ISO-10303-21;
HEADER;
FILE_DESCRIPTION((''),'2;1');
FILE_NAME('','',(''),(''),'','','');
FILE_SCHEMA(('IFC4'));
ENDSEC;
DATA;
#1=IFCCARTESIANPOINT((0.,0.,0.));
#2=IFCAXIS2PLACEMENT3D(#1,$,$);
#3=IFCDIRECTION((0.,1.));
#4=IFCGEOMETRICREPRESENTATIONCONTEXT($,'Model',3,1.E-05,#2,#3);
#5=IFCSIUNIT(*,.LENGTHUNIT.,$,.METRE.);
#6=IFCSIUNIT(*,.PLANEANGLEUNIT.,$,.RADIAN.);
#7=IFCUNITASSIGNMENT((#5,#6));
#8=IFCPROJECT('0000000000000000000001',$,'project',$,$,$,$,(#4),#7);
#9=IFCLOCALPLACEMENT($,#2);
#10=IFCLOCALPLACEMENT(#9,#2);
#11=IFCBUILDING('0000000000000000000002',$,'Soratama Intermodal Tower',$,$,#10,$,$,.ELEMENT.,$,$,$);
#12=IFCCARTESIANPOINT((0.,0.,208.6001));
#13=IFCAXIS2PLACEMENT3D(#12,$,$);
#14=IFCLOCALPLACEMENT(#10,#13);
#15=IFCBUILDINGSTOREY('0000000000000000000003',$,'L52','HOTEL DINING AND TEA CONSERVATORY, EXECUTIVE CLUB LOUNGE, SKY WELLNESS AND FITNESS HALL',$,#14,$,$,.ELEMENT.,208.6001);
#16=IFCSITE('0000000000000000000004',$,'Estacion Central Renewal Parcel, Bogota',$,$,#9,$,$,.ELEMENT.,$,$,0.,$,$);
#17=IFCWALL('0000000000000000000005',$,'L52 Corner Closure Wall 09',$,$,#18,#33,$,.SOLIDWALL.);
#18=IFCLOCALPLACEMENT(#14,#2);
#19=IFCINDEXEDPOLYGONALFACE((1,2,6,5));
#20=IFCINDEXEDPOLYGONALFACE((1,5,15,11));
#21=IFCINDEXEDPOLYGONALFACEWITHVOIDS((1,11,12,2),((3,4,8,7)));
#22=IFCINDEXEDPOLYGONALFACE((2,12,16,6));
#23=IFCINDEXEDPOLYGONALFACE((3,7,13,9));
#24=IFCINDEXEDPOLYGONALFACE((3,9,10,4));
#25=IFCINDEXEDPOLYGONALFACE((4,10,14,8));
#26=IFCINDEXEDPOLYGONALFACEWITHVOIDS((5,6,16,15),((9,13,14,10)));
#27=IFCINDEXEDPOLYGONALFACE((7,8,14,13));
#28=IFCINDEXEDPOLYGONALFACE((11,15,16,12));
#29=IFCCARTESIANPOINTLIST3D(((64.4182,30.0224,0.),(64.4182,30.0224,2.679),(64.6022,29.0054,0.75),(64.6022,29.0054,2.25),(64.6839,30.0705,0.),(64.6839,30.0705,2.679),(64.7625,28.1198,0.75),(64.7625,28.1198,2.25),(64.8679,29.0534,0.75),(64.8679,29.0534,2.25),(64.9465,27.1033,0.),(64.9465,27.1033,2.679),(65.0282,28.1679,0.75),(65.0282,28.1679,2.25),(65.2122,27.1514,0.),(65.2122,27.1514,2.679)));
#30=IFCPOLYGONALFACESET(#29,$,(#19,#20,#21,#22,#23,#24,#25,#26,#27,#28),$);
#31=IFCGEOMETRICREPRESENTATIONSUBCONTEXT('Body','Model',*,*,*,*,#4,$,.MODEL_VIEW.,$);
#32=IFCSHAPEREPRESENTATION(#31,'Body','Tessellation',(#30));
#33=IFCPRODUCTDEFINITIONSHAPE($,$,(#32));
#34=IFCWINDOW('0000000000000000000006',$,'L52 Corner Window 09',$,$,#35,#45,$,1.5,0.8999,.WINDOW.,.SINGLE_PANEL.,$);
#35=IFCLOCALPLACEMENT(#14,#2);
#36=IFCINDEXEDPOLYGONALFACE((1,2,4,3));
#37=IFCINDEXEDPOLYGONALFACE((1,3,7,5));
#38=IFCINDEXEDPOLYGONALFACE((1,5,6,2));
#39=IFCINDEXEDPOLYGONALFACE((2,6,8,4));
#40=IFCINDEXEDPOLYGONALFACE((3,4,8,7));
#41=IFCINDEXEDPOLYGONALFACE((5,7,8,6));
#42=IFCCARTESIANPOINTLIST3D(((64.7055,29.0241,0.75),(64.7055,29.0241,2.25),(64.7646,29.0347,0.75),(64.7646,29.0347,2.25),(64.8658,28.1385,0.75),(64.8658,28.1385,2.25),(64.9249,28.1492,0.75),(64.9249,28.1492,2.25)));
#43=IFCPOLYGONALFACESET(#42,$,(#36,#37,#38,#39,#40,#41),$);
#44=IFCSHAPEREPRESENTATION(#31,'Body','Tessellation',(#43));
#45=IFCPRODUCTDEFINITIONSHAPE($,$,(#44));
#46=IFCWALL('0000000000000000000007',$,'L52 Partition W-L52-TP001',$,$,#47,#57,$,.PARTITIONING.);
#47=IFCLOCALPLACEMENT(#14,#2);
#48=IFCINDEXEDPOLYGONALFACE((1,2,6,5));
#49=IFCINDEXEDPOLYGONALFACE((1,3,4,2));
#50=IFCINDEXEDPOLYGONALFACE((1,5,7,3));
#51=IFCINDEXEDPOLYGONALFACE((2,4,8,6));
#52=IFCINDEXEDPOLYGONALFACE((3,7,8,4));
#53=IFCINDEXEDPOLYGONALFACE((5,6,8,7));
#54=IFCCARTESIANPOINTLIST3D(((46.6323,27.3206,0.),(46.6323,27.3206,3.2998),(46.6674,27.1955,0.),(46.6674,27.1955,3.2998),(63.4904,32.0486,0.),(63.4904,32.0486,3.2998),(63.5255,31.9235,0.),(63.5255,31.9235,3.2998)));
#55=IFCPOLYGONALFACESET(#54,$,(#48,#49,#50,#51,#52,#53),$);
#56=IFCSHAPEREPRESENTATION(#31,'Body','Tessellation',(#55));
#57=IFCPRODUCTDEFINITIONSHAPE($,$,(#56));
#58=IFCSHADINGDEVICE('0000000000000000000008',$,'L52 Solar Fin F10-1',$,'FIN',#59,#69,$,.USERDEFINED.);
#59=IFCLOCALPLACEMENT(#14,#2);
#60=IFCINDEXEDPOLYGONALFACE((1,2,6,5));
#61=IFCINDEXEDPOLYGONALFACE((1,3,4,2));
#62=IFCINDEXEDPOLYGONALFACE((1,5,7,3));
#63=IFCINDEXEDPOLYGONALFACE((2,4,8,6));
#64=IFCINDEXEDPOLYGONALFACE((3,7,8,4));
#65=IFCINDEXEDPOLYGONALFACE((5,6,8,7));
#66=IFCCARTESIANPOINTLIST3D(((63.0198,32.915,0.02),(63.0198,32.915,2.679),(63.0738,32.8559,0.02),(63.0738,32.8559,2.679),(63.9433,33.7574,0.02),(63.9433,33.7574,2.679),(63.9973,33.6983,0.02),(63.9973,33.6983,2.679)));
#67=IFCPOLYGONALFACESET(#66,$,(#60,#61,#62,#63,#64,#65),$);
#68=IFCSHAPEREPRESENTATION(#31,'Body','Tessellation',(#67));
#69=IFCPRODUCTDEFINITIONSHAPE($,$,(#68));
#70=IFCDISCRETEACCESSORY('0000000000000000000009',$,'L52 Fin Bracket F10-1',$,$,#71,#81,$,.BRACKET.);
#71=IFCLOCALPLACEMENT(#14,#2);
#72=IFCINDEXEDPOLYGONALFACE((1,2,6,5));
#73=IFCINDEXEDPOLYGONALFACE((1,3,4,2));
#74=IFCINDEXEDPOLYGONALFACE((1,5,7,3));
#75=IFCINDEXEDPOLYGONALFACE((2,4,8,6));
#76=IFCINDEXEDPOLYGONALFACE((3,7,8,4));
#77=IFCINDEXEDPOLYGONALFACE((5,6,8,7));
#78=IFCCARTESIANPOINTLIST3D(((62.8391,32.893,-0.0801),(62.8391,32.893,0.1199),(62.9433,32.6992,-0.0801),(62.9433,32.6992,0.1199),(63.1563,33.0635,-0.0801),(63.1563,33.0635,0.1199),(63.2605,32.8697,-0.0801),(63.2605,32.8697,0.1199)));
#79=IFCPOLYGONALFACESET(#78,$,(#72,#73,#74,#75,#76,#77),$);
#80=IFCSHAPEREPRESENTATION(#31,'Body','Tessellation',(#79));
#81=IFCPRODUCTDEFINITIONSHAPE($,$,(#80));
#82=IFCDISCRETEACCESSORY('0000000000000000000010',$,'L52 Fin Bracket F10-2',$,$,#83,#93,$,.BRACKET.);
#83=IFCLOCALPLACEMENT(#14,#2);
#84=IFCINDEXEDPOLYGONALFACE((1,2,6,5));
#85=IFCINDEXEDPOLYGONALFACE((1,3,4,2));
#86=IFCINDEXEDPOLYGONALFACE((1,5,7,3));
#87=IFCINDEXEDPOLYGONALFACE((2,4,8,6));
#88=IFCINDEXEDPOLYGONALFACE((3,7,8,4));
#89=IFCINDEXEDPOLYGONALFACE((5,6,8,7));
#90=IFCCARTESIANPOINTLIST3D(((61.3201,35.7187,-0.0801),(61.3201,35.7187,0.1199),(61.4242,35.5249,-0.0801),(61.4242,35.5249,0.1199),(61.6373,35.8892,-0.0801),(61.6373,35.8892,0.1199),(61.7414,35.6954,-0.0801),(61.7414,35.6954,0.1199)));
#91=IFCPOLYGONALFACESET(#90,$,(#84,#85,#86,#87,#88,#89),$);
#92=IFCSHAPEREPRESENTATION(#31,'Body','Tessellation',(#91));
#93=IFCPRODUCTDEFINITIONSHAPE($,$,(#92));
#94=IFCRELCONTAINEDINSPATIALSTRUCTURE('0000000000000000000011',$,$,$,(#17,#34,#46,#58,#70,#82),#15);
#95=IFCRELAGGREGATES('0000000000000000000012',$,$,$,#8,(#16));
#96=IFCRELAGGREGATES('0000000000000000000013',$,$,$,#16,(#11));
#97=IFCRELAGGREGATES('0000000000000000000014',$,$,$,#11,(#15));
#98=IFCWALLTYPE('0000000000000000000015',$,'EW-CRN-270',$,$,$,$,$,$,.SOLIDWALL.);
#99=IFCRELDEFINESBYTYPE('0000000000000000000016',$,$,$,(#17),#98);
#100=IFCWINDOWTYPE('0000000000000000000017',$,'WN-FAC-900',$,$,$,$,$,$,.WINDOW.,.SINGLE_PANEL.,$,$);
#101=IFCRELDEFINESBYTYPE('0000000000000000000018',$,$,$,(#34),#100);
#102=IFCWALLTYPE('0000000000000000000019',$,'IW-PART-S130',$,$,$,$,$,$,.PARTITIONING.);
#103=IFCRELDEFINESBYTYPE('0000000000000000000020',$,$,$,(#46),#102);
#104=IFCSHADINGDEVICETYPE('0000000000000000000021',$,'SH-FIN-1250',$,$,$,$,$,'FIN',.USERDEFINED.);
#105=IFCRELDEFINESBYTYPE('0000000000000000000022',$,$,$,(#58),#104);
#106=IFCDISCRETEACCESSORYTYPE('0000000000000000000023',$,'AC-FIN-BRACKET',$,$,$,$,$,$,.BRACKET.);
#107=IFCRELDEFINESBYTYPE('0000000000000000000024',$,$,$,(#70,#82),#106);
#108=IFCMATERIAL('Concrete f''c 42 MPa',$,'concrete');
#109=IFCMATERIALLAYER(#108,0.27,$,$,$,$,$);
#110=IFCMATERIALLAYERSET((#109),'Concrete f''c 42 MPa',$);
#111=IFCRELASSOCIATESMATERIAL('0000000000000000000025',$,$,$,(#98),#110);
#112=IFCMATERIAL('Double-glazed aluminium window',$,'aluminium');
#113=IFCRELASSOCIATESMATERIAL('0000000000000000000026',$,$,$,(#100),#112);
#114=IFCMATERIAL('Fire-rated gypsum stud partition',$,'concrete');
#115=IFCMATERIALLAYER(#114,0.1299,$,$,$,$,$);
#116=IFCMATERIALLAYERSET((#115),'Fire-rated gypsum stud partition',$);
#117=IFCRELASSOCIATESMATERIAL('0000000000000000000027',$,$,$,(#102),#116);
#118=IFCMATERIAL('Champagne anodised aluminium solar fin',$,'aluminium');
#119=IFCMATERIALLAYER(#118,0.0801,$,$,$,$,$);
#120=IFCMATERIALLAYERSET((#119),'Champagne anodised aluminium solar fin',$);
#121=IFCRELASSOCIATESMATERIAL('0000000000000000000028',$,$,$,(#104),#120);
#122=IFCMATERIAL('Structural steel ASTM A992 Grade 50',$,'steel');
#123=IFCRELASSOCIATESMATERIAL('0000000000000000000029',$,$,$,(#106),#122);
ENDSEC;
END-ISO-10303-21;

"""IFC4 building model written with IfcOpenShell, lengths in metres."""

from ifc_helpers import new_model, si_unit, direction, frame, frame_2d, origin, origin_2d, place, context, subcontext, project, spatial, rectangle, extrude, material, layer, layer_set, type_object, element, fill, save


model = new_model("IFC4")

# Units and contexts
model_context = context("Model", 3, precision=1e-05, world=origin(), true_north=direction((0.0, 1.0)))
body_context = subcontext(model_context, "Body", "Model", "MODEL_VIEW")
ifc_project = project(units=[si_unit("LENGTHUNIT", "METRE"), si_unit("PLANEANGLEUNIT", "RADIAN")], contexts=[model_context])

# Site, building, storey
site_placement = place(None, origin())
site = spatial("IfcSite", under=ifc_project, at=site_placement, Name="Estacion Central Renewal Parcel, Bogota", CompositionType="ELEMENT", RefElevation=0.0)
building_placement = place(site_placement, origin())
building = spatial("IfcBuilding", under=site, at=building_placement, Name="Soratama Intermodal Tower", CompositionType="ELEMENT")
storey_placement = place(building_placement, frame((0.0, 0.0, 208.6001)))
storey = spatial("IfcBuildingStorey", under=building, at=storey_placement, Name="L52", Description="HOTEL DINING AND TEA CONSERVATORY, EXECUTIVE CLUB LOUNGE, SKY WELLNESS AND FITNESS HALL", CompositionType="ELEMENT", Elevation=208.6001)

# Wall, opening, window
ifc_material_1 = material(Name="Concrete f'c 42 MPa", Category="concrete")
ifc_layer_1 = layer(ifc_material_1, 0.27)
ifc_layer_set_1 = layer_set([ifc_layer_1], Name="Concrete f'c 42 MPa")
wall_type_1 = type_object("IfcWallType", Name="EW-CRN-270", PredefinedType="SOLIDWALL", material=ifc_layer_set_1)
wall_1_placement = place(storey_placement, frame((65.0793, 27.1272, 0.0), z_axis=(0.0, 0.0, 1.0), x_axis=(-0.178089, 0.984014, 0.0)))
wall_1 = element("IfcWall", 1, at=wall_1_placement, inside=storey, type_object=wall_type_1, Name="L52 Corner Closure Wall 09", PredefinedType="SOLIDWALL", context=body_context, shape_type="SweptSolid", body=[
    extrude(rectangle(XDim=2.9666, YDim=0.27, at=frame_2d((1.4834, 0.0))), origin(), (0.0, 0.0, 1.0), 2.679),
])
opening_placement = place(wall_1_placement, frame((1.0332, 0.0, 0.75)))
opening = element("IfcOpeningElement", 2, at=opening_placement, cuts=wall_1, PredefinedType="OPENING", context=body_context, shape_type="SweptSolid", body=[
    extrude(rectangle(XDim=0.8999, YDim=1.5, at=frame_2d((0.45, 0.75))), frame((0.0, 0.145, 0.0), z_axis=(0.0, -1.0, 0.0), x_axis=(1.0, 0.0, 0.0)), (0.0, 0.0, 1.0), 0.29),
])
ifc_material_2 = material(Name="Double-glazed aluminium window", Category="aluminium")
window_type = type_object("IfcWindowType", Name="WN-FAC-900", PartitioningType="SINGLE_PANEL", PredefinedType="WINDOW", material=ifc_material_2)
window_placement = place(opening_placement, origin())
window = element("IfcWindow", 3, at=window_placement, inside=storey, type_object=window_type, Name="L52 Corner Window 09", OverallHeight=1.5, OverallWidth=0.8999, PartitioningType="SINGLE_PANEL", PredefinedType="WINDOW", context=body_context, shape_type="SweptSolid", body=[
    extrude(rectangle(XDim=0.8999, YDim=1.5, at=frame_2d((0.45, 0.75))), frame((0.0, 0.03, 0.0), z_axis=(0.0, -1.0, 0.0), x_axis=(1.0, 0.0, 0.0)), (0.0, 0.0, 1.0), 0.0601),
])
fill(opening, window)

# Wall
ifc_material_3 = material(Name="Fire-rated gypsum stud partition", Category="concrete")
ifc_layer_2 = layer(ifc_material_3, 0.1299)
ifc_layer_set_2 = layer_set([ifc_layer_2], Name="Fire-rated gypsum stud partition")
wall_type_2 = type_object("IfcWallType", Name="IW-PART-S130", PredefinedType="PARTITIONING", material=ifc_layer_set_2)
wall_2_placement = place(storey_placement, frame((63.5081, 31.9861, 0.0), z_axis=(0.0, 0.0, 1.0), x_axis=(-0.962849, -0.27004, 0.0)))
element("IfcWall", 4, at=wall_2_placement, inside=storey, type_object=wall_type_2, Name="L52 Partition W-L52-TP001", PredefinedType="PARTITIONING", context=body_context, shape_type="SweptSolid", body=[
    extrude(rectangle(XDim=17.5085, YDim=0.1299, at=frame_2d((8.7544, 0.0))), origin(), (0.0, 0.0, 1.0), 3.2998),
])

# Shading device
ifc_material_4 = material(Name="Champagne anodised aluminium solar fin", Category="aluminium")
ifc_layer_3 = layer(ifc_material_4, 0.0801)
ifc_layer_set_3 = layer_set([ifc_layer_3], Name="Champagne anodised aluminium solar fin")
shading_device_type = type_object("IfcShadingDeviceType", Name="SH-FIN-1250", ElementType="FIN", PredefinedType="USERDEFINED", material=ifc_layer_set_3)
shading_device_placement = place(storey_placement, frame((63.5085, 33.3066, 0.02), z_axis=(0.0, 0.0, 1.0), x_axis=(0.738808, 0.673916, 0.0)))
element("IfcShadingDevice", 5, at=shading_device_placement, inside=storey, type_object=shading_device_type, Name="L52 Solar Fin F10-1", ObjectType="FIN", PredefinedType="USERDEFINED", context=body_context, shape_type="SweptSolid", body=[
    extrude(rectangle(XDim=1.25, YDim=0.0801, at=origin_2d()), origin(), (0.0, 0.0, 1.0), 2.6589),
])

# Discrete accessories
ifc_material_5 = material(Name="Structural steel ASTM A992 Grade 50", Category="steel")
discrete_accessory_type = type_object("IfcDiscreteAccessoryType", Name="AC-FIN-BRACKET", PredefinedType="BRACKET", material=ifc_material_5)
for number, where, z_axis, x_axis, name in (
    (6, (63.0498, 32.8813, -0.0801), (0.0, 0.0, 1.0), (0.880808, 0.473473, 0.0), "L52 Fin Bracket F10-1"),
    (7, (61.5308, 35.707, -0.0801), (0.0, 0.0, 1.0), (0.880808, 0.473473, 0.0), "L52 Fin Bracket F10-2"),
):
    element("IfcDiscreteAccessory", number, at=place(storey_placement, frame(where, z_axis=z_axis, x_axis=x_axis)), inside=storey, type_object=discrete_accessory_type, Name=name, PredefinedType="BRACKET", context=body_context, shape_type="SweptSolid", body=[
        extrude(rectangle(XDim=0.3601, YDim=0.22, at=origin_2d()), origin(), (0.0, 0.0, 1.0), 0.2),
    ])

save(model, "model.ifc")
